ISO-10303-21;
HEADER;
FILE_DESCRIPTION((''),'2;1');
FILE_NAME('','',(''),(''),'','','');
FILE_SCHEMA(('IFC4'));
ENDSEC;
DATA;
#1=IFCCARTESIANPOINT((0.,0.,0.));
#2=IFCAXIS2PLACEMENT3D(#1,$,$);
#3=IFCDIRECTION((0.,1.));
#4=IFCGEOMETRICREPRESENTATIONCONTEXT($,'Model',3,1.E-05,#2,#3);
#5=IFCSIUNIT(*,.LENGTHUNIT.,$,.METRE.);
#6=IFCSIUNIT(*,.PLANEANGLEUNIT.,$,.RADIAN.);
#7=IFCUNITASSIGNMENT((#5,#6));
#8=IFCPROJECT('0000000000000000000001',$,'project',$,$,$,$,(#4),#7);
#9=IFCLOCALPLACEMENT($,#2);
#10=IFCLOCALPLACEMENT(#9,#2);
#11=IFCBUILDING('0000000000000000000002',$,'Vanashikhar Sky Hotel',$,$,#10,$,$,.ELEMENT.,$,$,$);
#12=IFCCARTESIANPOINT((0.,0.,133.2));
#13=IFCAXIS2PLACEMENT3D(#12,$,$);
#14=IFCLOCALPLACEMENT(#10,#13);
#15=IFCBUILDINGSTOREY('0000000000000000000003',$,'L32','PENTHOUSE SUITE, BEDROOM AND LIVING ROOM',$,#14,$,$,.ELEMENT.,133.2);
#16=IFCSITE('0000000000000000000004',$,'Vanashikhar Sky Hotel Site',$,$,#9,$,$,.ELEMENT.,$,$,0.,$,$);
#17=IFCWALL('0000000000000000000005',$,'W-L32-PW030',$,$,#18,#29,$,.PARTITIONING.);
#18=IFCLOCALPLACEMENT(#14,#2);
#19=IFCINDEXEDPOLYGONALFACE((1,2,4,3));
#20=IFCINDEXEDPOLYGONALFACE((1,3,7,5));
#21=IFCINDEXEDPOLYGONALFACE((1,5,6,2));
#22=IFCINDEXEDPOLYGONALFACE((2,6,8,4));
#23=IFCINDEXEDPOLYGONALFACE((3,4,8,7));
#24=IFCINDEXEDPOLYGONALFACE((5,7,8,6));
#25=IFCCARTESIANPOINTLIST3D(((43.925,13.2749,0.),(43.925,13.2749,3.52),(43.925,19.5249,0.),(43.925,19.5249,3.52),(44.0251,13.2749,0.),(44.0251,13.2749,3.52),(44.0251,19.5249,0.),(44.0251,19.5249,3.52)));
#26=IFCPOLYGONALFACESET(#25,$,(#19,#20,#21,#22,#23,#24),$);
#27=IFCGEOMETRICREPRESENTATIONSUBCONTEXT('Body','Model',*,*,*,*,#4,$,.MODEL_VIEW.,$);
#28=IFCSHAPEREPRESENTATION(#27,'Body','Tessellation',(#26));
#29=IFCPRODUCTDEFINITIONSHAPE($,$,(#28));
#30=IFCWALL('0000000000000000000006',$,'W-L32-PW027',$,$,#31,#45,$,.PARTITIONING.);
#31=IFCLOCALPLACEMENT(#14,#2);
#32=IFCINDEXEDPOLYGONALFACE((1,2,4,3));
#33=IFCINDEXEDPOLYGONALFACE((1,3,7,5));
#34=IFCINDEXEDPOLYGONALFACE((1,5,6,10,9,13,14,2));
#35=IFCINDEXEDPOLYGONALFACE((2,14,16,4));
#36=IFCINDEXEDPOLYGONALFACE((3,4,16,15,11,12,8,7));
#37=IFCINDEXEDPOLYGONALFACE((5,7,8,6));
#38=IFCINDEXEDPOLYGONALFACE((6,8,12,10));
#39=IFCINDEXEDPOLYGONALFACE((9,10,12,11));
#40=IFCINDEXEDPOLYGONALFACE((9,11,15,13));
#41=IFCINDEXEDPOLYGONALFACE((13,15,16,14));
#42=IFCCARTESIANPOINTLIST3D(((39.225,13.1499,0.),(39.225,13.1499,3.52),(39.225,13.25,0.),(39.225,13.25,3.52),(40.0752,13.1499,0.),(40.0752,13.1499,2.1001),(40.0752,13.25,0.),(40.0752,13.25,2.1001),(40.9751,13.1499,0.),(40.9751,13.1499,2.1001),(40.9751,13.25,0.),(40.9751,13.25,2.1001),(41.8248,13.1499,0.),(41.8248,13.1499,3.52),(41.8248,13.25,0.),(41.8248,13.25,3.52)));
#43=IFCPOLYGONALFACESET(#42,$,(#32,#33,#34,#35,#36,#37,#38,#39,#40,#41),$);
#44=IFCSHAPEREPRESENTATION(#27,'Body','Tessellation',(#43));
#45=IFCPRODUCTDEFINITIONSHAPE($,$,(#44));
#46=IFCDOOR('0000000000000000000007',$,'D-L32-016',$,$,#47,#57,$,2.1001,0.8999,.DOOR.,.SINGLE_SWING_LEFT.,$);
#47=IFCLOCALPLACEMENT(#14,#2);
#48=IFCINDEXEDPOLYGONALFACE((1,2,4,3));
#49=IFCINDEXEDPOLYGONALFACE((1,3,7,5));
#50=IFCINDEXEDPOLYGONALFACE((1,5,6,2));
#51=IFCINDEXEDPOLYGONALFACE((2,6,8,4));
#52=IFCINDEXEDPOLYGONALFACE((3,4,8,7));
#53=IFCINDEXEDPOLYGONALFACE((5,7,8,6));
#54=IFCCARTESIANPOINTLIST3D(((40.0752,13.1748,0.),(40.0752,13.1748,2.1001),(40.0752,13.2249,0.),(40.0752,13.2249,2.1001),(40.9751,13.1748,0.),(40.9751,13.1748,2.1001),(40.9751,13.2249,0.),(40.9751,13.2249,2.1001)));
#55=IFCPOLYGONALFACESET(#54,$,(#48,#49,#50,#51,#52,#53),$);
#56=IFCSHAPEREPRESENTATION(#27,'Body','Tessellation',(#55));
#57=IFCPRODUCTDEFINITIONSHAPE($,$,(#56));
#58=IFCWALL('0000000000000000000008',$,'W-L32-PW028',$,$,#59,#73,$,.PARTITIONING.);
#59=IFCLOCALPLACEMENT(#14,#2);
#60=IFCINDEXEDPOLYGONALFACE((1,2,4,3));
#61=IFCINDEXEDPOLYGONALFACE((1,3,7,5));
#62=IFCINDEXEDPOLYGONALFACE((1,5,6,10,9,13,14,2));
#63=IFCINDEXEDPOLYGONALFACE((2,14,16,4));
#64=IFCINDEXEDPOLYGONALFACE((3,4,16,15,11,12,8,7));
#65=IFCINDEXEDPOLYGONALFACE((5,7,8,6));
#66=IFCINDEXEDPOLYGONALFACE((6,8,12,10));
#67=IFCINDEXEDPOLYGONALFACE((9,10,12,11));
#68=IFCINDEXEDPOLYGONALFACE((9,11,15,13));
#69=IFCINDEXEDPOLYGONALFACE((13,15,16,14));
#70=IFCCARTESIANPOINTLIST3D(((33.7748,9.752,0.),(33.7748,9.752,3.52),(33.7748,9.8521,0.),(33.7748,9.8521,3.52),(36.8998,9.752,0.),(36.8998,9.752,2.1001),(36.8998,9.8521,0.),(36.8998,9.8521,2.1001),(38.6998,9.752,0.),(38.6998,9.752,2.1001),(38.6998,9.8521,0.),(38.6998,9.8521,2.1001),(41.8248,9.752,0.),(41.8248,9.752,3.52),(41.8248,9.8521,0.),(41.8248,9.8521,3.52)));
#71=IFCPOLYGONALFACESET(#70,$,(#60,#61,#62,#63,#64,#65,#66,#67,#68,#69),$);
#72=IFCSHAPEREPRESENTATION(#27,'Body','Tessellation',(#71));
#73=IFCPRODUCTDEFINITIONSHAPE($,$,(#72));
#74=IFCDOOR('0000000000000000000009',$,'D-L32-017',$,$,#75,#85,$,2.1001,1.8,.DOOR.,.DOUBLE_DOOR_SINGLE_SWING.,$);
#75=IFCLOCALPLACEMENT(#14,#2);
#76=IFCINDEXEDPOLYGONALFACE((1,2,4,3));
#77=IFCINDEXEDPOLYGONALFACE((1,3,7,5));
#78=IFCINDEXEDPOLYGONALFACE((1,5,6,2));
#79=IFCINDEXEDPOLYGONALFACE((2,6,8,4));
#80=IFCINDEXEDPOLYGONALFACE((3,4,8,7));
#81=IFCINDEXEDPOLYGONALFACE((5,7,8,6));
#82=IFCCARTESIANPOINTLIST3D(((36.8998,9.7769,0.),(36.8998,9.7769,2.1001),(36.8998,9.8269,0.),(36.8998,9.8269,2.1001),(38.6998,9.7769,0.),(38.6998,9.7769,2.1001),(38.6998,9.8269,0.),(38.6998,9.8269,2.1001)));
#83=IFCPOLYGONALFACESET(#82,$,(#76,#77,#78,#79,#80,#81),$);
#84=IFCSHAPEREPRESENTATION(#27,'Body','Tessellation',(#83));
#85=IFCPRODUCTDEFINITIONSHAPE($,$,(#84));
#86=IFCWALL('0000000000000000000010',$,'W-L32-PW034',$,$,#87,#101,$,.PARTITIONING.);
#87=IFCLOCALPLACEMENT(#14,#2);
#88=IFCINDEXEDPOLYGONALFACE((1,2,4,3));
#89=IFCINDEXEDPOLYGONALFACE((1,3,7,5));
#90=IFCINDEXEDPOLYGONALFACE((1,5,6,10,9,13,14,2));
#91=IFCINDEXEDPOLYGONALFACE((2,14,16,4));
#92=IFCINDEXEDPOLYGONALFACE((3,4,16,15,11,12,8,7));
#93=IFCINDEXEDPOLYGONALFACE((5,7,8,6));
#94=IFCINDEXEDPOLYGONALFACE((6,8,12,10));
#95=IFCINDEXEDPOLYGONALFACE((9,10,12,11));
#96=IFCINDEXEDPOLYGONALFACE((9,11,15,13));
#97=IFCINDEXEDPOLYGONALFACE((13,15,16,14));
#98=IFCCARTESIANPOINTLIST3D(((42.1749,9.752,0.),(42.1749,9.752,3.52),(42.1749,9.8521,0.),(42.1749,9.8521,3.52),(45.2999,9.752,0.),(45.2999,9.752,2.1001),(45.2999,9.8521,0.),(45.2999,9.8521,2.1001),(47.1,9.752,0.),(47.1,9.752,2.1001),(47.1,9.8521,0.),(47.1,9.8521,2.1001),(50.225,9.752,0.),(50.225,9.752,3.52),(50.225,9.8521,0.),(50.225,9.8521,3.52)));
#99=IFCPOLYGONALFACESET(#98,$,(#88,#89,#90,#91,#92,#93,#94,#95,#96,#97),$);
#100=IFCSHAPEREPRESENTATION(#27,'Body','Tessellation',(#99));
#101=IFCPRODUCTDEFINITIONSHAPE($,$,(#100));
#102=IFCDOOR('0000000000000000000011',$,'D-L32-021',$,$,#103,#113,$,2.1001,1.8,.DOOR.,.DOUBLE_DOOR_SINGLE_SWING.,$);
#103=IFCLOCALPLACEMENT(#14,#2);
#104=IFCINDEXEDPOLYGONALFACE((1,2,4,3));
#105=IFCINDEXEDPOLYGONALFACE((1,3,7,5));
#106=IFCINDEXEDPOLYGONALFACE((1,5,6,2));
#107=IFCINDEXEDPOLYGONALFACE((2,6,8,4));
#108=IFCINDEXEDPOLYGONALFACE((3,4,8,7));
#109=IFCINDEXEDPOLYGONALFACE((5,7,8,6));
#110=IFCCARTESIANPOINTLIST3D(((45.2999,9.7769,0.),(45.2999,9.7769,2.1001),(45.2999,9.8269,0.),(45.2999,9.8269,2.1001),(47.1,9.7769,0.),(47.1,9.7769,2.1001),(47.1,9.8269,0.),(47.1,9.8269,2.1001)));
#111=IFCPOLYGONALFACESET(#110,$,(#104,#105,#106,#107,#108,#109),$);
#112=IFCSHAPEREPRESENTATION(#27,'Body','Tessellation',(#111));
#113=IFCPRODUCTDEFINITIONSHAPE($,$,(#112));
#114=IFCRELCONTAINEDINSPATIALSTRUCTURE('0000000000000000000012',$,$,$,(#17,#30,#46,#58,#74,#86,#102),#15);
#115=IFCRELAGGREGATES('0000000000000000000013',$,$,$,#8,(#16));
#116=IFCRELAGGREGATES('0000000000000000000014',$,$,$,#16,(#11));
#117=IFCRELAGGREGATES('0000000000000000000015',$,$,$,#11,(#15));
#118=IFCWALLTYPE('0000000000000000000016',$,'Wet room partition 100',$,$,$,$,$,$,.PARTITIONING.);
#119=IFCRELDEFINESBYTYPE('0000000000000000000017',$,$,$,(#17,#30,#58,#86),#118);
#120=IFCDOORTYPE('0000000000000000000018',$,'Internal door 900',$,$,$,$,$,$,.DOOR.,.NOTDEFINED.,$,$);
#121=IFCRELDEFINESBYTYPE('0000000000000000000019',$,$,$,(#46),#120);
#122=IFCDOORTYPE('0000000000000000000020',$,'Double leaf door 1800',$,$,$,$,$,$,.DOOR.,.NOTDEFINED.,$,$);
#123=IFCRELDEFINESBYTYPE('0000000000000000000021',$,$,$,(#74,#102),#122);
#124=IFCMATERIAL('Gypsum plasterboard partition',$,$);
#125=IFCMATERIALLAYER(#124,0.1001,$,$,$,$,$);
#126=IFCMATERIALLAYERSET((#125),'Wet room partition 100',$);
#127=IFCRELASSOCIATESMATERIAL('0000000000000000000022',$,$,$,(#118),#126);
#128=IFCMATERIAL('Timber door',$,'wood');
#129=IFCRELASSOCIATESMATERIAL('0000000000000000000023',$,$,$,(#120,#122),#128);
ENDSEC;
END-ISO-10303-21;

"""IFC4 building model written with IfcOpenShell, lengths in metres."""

from ifc_helpers import new_model, si_unit, direction, frame, frame_2d, origin, place, context, subcontext, project, spatial, rectangle, extrude, source, transform, mapped, material, layer, layer_set, type_object, element, fill, save


model = new_model("IFC4")

# Units and contexts
model_context = context("Model", 3, precision=1e-05, world=origin(), true_north=direction((0.0, 1.0)))
body_context = subcontext(model_context, "Body", "Model", "MODEL_VIEW")
ifc_project = project(units=[si_unit("LENGTHUNIT", "METRE"), si_unit("PLANEANGLEUNIT", "RADIAN")], contexts=[model_context])

# Site, building, storey
site_placement = place(None, origin())
site = spatial("IfcSite", under=ifc_project, at=site_placement, Name="Vanashikhar Sky Hotel Site", CompositionType="ELEMENT", RefElevation=0.0)
building_placement = place(site_placement, origin())
building = spatial("IfcBuilding", under=site, at=building_placement, Name="Vanashikhar Sky Hotel", CompositionType="ELEMENT")
storey_placement = place(building_placement, frame((0.0, 0.0, 133.2)))
storey = spatial("IfcBuildingStorey", under=building, at=storey_placement, Name="L32", Description="PENTHOUSE SUITE, BEDROOM AND LIVING ROOM", CompositionType="ELEMENT", Elevation=133.2)

# Shared definitions
ifc_material_1 = material(Name="Gypsum plasterboard partition")
ifc_layer_1 = layer(ifc_material_1, 0.1001)
ifc_layer_set_1 = layer_set([ifc_layer_1], Name="Wet room partition 100")
wall_type_1 = type_object("IfcWallType", Name="Wet room partition 100", PredefinedType="PARTITIONING", material=ifc_layer_set_1)
shared_shape_1 = source(origin(), body_context, "Body", "SweptSolid", [
    extrude(rectangle(XDim=0.8999, YDim=2.1001, at=frame_2d((0.45, 1.05))), frame((0.0, 0.0601, 0.0), z_axis=(0.0, -1.0, 0.0), x_axis=(1.0, 0.0, 0.0)), (0.0, 0.0, 1.0), 0.1201),
])
ifc_material_2 = material(Name="Timber door", Category="wood")
door_type_1 = type_object("IfcDoorType", Name="Internal door 900", OperationType="NOTDEFINED", PredefinedType="DOOR", material=ifc_material_2)
shared_shape_2 = source(origin(), body_context, "Body", "SweptSolid", [
    extrude(rectangle(XDim=0.8999, YDim=2.1001, at=frame_2d((0.45, 1.05))), frame((0.0, 0.0249, 0.0), z_axis=(0.0, -1.0, 0.0), x_axis=(1.0, 0.0, 0.0)), (0.0, 0.0, 1.0), 0.05),
])

# Wall
shared_shape_3 = source(origin(), body_context, "Body", "SweptSolid", [
    extrude(rectangle(XDim=6.25, YDim=0.1001, at=frame_2d((3.125, 0.0))), origin(), (0.0, 0.0, 1.0), 3.52),
])
for number, where, z_axis, x_axis, name in (
    (1, (43.9751, 13.2749, 0.0), (0.0, 0.0, 1.0), (0.0, 1.0, 0.0), "W-L32-PW030"),
):
    element("IfcWall", number, at=place(storey_placement, frame(where, z_axis=z_axis, x_axis=x_axis)), inside=storey, type_object=wall_type_1, Name=name, PredefinedType="PARTITIONING", context=body_context, shape_type="MappedRepresentation", body=[
        mapped(shared_shape_3, transform((0.0, 0.0, 0.0), scale=1.0)),
    ])

# Walls, openings, doors
shared_shape_4 = source(origin(), body_context, "Body", "SweptSolid", [
    extrude(rectangle(XDim=2.5999, YDim=0.1001, at=frame_2d((1.2998, 0.0))), origin(), (0.0, 0.0, 1.0), 3.52),
])
wall_1_placement = place(storey_placement, frame((39.2251, 13.2, 0.0), z_axis=(0.0, 0.0, 1.0), x_axis=(1.0, 0.0, 0.0)))
wall_1 = element("IfcWall", 2, at=wall_1_placement, inside=storey, type_object=wall_type_1, Name="W-L32-PW027", PredefinedType="PARTITIONING", context=body_context, shape_type="MappedRepresentation", body=[
    mapped(shared_shape_4, transform((0.0, 0.0, 0.0), scale=1.0)),
])
opening_1_placement = place(wall_1_placement, frame((0.8501, 0.0, 0.0)))
opening_1 = element("IfcOpeningElement", 3, at=opening_1_placement, cuts=wall_1, PredefinedType="OPENING", context=body_context, shape_type="MappedRepresentation", body=[
    mapped(shared_shape_1, transform((0.0, 0.0, 0.0), scale=1.0)),
])
door_1_placement = place(opening_1_placement, origin())
door_1 = element("IfcDoor", 4, at=door_1_placement, inside=storey, type_object=door_type_1, Name="D-L32-016", OperationType="SINGLE_SWING_LEFT", OverallHeight=2.1001, OverallWidth=0.8999, PredefinedType="DOOR", context=body_context, shape_type="MappedRepresentation", body=[
    mapped(shared_shape_2, transform((0.0, 0.0, 0.0), scale=1.0)),
])
fill(opening_1, door_1)
shared_shape_5 = source(origin(), body_context, "Body", "SweptSolid", [
    extrude(rectangle(XDim=8.05, YDim=0.1001, at=frame_2d((4.0249, 0.0))), origin(), (0.0, 0.0, 1.0), 3.52),
])
wall_2_placement = place(storey_placement, frame((33.7749, 9.802, 0.0), z_axis=(0.0, 0.0, 1.0), x_axis=(1.0, 0.0, 0.0)))
wall_2 = element("IfcWall", 5, at=wall_2_placement, inside=storey, type_object=wall_type_1, Name="W-L32-PW028", PredefinedType="PARTITIONING", context=body_context, shape_type="MappedRepresentation", body=[
    mapped(shared_shape_5, transform((0.0, 0.0, 0.0), scale=1.0)),
])
shared_shape_6 = source(origin(), body_context, "Body", "SweptSolid", [
    extrude(rectangle(XDim=1.8, YDim=2.1001, at=frame_2d((0.8999, 1.05))), frame((0.0, 0.0601, 0.0), z_axis=(0.0, -1.0, 0.0), x_axis=(1.0, 0.0, 0.0)), (0.0, 0.0, 1.0), 0.1201),
])
opening_2_placement = place(wall_2_placement, frame((3.125, 0.0, 0.0)))
opening_2 = element("IfcOpeningElement", 6, at=opening_2_placement, cuts=wall_2, PredefinedType="OPENING", context=body_context, shape_type="MappedRepresentation", body=[
    mapped(shared_shape_6, transform((0.0, 0.0, 0.0), scale=1.0)),
])
door_type_2 = type_object("IfcDoorType", Name="Double leaf door 1800", OperationType="NOTDEFINED", PredefinedType="DOOR", material=ifc_material_2)
shared_shape_7 = source(origin(), body_context, "Body", "SweptSolid", [
    extrude(rectangle(XDim=1.8, YDim=2.1001, at=frame_2d((0.8999, 1.05))), frame((0.0, 0.0249, 0.0), z_axis=(0.0, -1.0, 0.0), x_axis=(1.0, 0.0, 0.0)), (0.0, 0.0, 1.0), 0.05),
])
door_2_placement = place(opening_2_placement, origin())
door_2 = element("IfcDoor", 7, at=door_2_placement, inside=storey, type_object=door_type_2, Name="D-L32-017", OperationType="DOUBLE_DOOR_SINGLE_SWING", OverallHeight=2.1001, OverallWidth=1.8, PredefinedType="DOOR", context=body_context, shape_type="MappedRepresentation", body=[
    mapped(shared_shape_7, transform((0.0, 0.0, 0.0), scale=1.0)),
])
fill(opening_2, door_2)
wall_3_placement = place(storey_placement, frame((42.175, 9.802, 0.0), z_axis=(0.0, 0.0, 1.0), x_axis=(1.0, 0.0, 0.0)))
wall_3 = element("IfcWall", 8, at=wall_3_placement, inside=storey, type_object=wall_type_1, Name="W-L32-PW034", PredefinedType="PARTITIONING", context=body_context, shape_type="MappedRepresentation", body=[
    mapped(shared_shape_5, transform((0.0, 0.0, 0.0), scale=1.0)),
])
opening_3_placement = place(wall_3_placement, frame((3.125, 0.0, 0.0)))
opening_3 = element("IfcOpeningElement", 9, at=opening_3_placement, cuts=wall_3, PredefinedType="OPENING", context=body_context, shape_type="MappedRepresentation", body=[
    mapped(shared_shape_6, transform((0.0, 0.0, 0.0), scale=1.0)),
])
door_3_placement = place(opening_3_placement, origin())
door_3 = element("IfcDoor", 10, at=door_3_placement, inside=storey, type_object=door_type_2, Name="D-L32-021", OperationType="DOUBLE_DOOR_SINGLE_SWING", OverallHeight=2.1001, OverallWidth=1.8, PredefinedType="DOOR", context=body_context, shape_type="MappedRepresentation", body=[
    mapped(shared_shape_7, transform((0.0, 0.0, 0.0), scale=1.0)),
])
fill(opening_3, door_3)

save(model, "model.ifc")
